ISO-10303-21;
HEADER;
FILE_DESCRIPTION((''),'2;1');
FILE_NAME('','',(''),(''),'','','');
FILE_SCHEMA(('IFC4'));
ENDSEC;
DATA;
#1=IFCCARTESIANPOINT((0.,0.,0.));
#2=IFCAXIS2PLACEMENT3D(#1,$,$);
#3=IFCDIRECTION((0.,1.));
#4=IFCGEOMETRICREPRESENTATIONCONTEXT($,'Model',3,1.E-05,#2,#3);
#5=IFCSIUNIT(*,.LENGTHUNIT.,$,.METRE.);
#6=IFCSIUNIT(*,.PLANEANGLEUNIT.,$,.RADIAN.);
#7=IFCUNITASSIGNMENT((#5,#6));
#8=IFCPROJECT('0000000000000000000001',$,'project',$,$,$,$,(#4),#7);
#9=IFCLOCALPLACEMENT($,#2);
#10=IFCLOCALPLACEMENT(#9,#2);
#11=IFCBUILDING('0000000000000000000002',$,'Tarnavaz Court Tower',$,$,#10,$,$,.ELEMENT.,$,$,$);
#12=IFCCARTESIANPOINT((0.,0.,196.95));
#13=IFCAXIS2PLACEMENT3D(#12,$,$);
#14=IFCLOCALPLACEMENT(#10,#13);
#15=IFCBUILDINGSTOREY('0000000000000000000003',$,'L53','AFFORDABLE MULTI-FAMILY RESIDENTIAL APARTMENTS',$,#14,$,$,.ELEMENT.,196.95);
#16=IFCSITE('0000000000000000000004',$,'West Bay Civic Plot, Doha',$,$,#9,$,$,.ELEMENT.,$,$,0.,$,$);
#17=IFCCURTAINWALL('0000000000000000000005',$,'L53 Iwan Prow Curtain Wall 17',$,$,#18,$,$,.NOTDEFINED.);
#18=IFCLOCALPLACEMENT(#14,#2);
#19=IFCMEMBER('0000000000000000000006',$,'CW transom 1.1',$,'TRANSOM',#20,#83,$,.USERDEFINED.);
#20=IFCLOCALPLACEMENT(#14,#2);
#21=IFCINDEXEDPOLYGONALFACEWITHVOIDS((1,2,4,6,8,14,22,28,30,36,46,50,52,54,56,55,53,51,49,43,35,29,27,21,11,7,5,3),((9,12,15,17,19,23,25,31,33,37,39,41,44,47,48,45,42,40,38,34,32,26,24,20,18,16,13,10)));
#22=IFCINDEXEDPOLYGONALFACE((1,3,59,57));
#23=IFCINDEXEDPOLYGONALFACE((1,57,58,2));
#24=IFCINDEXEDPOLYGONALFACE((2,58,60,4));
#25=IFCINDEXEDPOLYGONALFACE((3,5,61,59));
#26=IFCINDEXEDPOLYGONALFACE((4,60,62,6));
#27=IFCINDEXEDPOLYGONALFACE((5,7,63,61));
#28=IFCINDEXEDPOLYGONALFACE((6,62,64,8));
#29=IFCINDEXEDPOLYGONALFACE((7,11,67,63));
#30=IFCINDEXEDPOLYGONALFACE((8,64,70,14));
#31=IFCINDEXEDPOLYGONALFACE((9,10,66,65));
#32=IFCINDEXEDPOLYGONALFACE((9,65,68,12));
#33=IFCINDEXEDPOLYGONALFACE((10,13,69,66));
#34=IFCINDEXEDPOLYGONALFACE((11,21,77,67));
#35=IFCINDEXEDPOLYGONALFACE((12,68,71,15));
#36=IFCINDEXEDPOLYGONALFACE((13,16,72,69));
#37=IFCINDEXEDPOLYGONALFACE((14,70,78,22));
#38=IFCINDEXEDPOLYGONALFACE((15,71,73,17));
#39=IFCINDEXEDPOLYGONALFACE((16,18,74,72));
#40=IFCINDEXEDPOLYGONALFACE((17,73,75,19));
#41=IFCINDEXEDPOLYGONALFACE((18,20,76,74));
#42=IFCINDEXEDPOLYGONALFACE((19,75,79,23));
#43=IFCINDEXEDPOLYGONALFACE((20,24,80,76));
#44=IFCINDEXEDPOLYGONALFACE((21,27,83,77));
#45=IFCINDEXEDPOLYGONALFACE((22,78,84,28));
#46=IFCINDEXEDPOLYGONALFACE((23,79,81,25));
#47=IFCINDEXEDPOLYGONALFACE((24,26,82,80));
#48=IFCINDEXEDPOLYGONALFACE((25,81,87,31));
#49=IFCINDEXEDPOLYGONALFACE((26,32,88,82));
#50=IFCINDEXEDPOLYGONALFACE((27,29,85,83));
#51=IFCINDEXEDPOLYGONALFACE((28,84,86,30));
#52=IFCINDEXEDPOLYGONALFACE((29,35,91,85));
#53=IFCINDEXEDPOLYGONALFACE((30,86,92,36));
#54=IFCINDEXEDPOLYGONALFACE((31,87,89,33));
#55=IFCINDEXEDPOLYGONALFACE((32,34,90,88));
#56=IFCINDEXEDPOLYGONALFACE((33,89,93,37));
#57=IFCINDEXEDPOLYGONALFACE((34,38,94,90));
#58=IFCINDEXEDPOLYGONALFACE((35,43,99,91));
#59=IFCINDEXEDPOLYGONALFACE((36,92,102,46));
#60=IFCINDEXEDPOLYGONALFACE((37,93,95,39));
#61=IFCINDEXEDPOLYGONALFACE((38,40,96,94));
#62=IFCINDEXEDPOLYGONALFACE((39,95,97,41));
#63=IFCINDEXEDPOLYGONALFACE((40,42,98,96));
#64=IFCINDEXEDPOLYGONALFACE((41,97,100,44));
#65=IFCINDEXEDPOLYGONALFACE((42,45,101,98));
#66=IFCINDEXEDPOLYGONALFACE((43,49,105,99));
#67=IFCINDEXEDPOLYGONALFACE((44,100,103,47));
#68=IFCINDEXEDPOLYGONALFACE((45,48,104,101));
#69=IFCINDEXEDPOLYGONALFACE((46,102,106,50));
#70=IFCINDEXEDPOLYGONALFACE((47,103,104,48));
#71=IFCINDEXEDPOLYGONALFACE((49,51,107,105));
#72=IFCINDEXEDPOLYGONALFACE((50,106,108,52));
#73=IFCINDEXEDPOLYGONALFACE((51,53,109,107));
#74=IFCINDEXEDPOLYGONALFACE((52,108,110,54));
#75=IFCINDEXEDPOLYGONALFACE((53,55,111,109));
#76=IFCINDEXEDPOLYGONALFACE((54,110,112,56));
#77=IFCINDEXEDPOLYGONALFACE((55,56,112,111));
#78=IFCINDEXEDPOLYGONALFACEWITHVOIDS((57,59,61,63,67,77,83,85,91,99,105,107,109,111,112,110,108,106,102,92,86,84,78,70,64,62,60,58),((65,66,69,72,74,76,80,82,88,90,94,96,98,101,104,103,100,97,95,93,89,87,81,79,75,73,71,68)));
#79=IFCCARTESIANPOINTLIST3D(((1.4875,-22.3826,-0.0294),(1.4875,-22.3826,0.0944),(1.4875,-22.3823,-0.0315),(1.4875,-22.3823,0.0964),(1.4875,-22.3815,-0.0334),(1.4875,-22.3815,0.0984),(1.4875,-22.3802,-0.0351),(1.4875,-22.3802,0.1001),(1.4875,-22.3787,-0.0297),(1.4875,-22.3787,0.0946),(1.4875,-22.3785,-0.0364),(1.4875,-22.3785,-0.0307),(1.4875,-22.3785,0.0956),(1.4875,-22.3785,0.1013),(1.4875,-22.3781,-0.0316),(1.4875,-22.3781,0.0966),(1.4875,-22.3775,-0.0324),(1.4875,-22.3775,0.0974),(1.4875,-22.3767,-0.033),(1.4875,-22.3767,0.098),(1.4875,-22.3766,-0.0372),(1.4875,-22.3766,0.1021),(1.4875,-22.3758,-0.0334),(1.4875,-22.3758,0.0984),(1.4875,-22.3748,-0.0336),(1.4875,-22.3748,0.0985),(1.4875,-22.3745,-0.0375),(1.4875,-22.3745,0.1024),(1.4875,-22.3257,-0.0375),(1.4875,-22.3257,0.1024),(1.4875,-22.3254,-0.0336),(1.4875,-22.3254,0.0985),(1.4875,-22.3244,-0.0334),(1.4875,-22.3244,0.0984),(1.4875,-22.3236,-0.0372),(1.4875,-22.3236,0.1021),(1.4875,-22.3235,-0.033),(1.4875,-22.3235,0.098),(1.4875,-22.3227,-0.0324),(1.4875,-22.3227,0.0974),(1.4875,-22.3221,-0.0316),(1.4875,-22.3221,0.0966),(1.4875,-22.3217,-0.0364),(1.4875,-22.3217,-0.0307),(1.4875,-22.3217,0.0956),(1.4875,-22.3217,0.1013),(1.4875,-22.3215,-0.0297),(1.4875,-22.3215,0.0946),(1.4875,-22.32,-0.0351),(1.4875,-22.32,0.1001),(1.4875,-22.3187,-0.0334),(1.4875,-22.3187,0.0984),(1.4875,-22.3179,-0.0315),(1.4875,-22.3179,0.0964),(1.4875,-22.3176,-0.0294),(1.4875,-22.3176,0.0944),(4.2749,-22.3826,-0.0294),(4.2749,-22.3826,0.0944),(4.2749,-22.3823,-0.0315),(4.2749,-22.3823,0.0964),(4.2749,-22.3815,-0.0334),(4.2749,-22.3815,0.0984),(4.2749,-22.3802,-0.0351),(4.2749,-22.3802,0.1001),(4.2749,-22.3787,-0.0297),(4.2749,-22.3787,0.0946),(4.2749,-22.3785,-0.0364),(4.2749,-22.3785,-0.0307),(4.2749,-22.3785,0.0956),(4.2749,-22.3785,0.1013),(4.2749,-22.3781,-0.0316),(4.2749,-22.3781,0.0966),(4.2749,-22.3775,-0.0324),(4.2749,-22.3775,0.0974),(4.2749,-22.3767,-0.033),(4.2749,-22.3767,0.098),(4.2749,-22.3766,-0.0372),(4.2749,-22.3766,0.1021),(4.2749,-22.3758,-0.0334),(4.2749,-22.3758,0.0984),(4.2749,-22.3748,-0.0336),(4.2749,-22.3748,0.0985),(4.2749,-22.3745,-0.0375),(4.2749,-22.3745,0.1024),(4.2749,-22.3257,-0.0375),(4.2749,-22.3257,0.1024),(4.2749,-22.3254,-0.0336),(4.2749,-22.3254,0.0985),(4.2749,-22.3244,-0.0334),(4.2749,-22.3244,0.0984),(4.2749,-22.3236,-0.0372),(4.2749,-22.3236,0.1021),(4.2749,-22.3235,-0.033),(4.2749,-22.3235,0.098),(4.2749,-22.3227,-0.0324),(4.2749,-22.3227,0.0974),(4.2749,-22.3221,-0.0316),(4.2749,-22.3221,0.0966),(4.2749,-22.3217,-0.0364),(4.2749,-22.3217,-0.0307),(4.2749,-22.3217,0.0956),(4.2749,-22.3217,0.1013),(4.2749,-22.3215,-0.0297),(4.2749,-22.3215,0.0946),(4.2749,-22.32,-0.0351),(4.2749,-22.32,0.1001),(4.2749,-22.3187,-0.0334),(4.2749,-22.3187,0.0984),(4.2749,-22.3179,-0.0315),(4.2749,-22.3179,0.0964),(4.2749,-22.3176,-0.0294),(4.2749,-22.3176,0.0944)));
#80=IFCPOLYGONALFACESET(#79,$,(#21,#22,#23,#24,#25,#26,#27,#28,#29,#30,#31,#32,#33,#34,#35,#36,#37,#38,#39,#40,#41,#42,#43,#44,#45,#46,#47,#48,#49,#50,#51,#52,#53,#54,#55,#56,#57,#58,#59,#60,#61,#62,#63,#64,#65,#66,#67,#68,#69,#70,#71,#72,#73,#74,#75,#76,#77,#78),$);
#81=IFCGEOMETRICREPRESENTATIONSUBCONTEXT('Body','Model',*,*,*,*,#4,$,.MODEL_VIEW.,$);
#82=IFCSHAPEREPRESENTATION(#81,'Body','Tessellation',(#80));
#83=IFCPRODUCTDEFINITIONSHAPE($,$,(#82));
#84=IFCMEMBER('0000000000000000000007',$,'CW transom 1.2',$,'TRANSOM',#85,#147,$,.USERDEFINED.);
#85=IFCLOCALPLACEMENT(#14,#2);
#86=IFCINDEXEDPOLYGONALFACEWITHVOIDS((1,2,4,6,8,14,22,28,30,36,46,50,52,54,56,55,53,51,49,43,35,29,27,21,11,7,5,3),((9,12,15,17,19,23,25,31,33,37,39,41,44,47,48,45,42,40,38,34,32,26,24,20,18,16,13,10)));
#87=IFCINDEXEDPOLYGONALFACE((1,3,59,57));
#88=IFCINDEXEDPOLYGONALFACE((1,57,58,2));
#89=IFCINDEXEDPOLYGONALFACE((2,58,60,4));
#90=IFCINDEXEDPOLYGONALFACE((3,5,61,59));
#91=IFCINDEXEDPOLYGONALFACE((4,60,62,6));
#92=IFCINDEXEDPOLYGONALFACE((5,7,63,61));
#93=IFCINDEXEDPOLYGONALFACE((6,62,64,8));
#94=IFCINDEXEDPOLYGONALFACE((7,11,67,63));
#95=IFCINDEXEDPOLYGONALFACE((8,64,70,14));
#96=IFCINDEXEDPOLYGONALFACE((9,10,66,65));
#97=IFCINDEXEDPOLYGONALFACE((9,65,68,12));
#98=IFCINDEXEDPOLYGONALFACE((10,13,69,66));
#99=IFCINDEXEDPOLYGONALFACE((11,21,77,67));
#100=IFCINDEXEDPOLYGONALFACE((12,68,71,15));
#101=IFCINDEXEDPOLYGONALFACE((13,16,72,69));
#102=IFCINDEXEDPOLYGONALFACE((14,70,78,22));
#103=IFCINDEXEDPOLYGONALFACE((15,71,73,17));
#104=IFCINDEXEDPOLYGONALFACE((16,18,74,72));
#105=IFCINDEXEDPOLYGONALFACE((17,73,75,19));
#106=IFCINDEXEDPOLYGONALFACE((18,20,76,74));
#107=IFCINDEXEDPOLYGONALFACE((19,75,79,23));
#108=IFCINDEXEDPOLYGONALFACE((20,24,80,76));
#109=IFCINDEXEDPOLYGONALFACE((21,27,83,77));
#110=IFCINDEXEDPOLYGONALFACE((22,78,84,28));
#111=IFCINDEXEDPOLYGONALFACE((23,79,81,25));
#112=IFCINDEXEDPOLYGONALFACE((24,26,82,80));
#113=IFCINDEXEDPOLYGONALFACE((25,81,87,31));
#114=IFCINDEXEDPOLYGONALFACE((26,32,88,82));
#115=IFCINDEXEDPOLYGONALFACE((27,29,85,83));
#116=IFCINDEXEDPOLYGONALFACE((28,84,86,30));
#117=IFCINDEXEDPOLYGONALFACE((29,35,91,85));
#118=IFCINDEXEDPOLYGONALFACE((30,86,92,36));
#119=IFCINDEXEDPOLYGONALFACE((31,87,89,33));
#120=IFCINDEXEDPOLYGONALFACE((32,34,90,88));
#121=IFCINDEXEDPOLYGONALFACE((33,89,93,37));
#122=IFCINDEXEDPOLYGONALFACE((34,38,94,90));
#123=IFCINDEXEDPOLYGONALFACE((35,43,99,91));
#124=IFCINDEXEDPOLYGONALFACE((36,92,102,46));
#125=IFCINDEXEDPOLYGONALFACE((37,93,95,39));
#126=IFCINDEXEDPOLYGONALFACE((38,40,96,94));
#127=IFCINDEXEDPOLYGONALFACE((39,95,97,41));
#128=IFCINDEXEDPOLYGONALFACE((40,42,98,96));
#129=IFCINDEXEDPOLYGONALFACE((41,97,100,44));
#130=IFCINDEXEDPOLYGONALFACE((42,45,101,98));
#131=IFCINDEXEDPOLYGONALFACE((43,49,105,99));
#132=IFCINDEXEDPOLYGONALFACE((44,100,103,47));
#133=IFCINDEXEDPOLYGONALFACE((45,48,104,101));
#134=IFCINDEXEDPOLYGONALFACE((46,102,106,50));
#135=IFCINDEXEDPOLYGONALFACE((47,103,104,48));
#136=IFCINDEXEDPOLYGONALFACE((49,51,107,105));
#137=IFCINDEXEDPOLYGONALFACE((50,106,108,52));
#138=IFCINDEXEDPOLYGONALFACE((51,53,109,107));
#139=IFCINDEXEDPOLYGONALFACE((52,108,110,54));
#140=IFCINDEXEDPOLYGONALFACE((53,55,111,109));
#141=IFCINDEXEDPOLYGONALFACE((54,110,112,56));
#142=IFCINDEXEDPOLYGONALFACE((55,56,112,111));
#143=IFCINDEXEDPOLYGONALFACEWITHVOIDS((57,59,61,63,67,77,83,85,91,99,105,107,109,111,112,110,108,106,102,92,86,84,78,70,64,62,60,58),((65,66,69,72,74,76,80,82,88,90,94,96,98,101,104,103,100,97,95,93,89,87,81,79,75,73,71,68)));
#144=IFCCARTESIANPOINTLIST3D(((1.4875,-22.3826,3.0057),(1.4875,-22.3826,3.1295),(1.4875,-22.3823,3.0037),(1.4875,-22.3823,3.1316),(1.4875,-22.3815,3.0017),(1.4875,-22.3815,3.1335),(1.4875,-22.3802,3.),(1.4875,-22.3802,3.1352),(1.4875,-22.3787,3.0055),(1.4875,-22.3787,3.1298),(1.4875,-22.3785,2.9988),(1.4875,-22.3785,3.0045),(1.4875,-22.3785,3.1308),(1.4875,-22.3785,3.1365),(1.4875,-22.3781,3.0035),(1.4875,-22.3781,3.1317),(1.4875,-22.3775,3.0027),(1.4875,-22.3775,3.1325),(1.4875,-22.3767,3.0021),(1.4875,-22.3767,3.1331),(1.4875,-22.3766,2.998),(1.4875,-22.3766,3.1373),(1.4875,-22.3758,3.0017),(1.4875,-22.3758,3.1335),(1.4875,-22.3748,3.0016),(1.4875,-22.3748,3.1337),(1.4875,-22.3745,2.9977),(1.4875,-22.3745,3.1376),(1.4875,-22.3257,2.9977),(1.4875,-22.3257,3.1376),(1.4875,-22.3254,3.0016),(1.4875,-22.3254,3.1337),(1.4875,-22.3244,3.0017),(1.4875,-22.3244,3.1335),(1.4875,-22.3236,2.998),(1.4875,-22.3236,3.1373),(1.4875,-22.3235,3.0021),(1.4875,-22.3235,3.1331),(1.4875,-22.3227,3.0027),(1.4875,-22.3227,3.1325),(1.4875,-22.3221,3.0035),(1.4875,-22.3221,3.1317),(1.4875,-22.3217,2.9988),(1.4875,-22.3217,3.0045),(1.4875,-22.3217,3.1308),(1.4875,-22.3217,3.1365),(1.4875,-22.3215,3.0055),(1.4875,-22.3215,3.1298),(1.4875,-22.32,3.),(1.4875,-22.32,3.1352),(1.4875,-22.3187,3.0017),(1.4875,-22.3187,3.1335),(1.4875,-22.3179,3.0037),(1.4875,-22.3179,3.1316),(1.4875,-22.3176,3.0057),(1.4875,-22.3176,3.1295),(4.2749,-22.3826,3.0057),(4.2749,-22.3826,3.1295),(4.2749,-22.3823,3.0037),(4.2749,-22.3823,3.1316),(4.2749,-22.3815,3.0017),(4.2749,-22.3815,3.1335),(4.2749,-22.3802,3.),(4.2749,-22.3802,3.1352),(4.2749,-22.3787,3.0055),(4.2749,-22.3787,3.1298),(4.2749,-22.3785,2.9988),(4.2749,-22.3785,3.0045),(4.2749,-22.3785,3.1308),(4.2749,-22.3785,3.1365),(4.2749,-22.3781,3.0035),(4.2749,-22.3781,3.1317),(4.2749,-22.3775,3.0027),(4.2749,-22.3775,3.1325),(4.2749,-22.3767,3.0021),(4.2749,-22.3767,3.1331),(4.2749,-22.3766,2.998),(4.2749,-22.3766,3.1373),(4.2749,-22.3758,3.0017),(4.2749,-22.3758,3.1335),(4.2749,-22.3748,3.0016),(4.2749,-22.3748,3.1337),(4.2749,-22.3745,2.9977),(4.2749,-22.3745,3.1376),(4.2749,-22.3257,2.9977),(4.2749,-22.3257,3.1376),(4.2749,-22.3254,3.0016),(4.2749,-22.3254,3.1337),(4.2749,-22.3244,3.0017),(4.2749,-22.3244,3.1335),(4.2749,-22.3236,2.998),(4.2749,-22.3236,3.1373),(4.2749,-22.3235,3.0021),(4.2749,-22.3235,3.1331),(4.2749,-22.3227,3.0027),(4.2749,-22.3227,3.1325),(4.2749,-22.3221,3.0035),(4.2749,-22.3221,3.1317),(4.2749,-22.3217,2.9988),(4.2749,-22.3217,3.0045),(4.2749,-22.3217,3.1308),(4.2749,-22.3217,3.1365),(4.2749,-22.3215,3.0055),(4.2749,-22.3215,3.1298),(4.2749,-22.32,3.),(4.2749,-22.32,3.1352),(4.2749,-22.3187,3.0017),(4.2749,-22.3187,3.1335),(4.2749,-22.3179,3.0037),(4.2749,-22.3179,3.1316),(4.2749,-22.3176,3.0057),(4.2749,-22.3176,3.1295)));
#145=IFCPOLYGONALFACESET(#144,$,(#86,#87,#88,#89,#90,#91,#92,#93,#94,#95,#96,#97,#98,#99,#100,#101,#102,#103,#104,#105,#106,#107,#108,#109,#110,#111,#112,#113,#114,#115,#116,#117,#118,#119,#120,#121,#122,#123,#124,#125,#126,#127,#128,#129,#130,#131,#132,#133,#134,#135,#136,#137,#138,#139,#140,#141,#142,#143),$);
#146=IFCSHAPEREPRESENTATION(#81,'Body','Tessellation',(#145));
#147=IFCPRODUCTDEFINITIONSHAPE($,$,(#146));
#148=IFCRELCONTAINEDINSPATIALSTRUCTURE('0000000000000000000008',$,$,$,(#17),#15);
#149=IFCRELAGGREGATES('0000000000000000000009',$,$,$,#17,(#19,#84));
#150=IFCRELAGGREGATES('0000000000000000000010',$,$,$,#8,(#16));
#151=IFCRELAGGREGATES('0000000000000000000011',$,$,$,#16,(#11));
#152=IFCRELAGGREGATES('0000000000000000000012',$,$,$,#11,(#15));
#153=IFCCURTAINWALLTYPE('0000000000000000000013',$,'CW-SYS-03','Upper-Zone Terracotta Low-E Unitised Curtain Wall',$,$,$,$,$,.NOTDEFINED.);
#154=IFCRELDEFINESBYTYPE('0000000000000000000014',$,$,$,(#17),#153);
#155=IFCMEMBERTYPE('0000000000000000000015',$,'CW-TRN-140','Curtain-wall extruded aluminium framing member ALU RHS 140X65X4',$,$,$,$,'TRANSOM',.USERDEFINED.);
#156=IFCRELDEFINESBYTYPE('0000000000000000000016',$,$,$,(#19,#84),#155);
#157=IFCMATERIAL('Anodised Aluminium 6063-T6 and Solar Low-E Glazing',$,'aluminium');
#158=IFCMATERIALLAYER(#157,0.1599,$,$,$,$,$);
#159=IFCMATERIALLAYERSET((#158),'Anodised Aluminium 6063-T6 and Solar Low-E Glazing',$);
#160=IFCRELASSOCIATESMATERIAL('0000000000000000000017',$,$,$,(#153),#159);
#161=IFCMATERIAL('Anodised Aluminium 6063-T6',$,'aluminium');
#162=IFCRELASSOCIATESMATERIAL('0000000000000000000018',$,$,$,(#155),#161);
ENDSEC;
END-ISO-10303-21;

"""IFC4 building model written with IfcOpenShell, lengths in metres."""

from ifc_helpers import new_model, si_unit, direction, frame, origin, origin_2d, place, context, subcontext, project, spatial, hollow_rectangle, extrude, material, layer, layer_set, material_profile, profile_set, type_object, element, aggregate, save


model = new_model("IFC4")

# Units and contexts
model_context = context("Model", 3, precision=1e-05, world=origin(), true_north=direction((0.0, 1.0)))
body_context = subcontext(model_context, "Body", "Model", "MODEL_VIEW")
ifc_project = project(units=[si_unit("LENGTHUNIT", "METRE"), si_unit("PLANEANGLEUNIT", "RADIAN")], contexts=[model_context])

# Site, building, storey
site_placement = place(None, origin())
site = spatial("IfcSite", under=ifc_project, at=site_placement, Name="West Bay Civic Plot, Doha", CompositionType="ELEMENT", RefElevation=0.0)
building_placement = place(site_placement, origin())
building = spatial("IfcBuilding", under=site, at=building_placement, Name="Tarnavaz Court Tower", CompositionType="ELEMENT")
storey_placement = place(building_placement, frame((0.0, 0.0, 196.95)))
storey = spatial("IfcBuildingStorey", under=building, at=storey_placement, Name="L53", Description="AFFORDABLE MULTI-FAMILY RESIDENTIAL APARTMENTS", CompositionType="ELEMENT", Elevation=196.95)

# Curtain wall, members
ifc_material_1 = material(Name="Anodised Aluminium 6063-T6 and Solar Low-E Glazing", Category="aluminium")
ifc_layer_1 = layer(ifc_material_1, 0.1599)
ifc_layer_set_1 = layer_set([ifc_layer_1], Name="Anodised Aluminium 6063-T6 and Solar Low-E Glazing")
curtain_wall_type = type_object("IfcCurtainWallType", Name="CW-SYS-03", Description="Upper-Zone Terracotta Low-E Unitised Curtain Wall", PredefinedType="NOTDEFINED", material=ifc_layer_set_1)
curtain_wall_placement = place(storey_placement, origin())
curtain_wall = element("IfcCurtainWall", 1, at=curtain_wall_placement, inside=storey, type_object=curtain_wall_type, Name="L53 Iwan Prow Curtain Wall 17", PredefinedType="NOTDEFINED")
ifc_material_2 = material(Name="Anodised Aluminium 6063-T6", Category="aluminium")
ifc_material_profile_1 = material_profile(ifc_material_2, hollow_rectangle(XDim=0.0649, YDim=0.1399, WallThickness=0.0039, InnerFilletRadius=0.0039, OuterFilletRadius=0.0081, at=origin_2d()), Name="ALU RHS 140X65X4")
ifc_profile_set_1 = profile_set([ifc_material_profile_1], Name="Anodised Aluminium 6063-T6")
member_type_1 = type_object("IfcMemberType", Name="CW-TRN-140", Description="Curtain-wall extruded aluminium framing member ALU RHS 140X65X4", ElementType="TRANSOM", PredefinedType="USERDEFINED", material=ifc_profile_set_1)
member_1_placement = place(storey_placement, frame((4.2749, -22.3501, 0.0325), z_axis=(-1.0, 0.0, 0.0), x_axis=(0.0, -1.0, 0.0)))
member_1 = element("IfcMember", 2, at=member_1_placement, type_object=member_type_1, Name="CW transom 1.1", ObjectType="TRANSOM", PredefinedType="USERDEFINED", context=body_context, shape_type="SweptSolid", body=[
    extrude(hollow_rectangle(XDim=0.0649, YDim=0.1399, WallThickness=0.0039, InnerFilletRadius=0.0039, OuterFilletRadius=0.0081, at=origin_2d()), origin(), (0.0, 0.0, 1.0), 2.7874),
])
member_2_placement = place(storey_placement, frame((4.2749, -22.3501, 3.0676), z_axis=(-1.0, 0.0, 0.0), x_axis=(0.0, -1.0, 0.0)))
member_2 = element("IfcMember", 3, at=member_2_placement, type_object=member_type_1, Name="CW transom 1.2", ObjectType="TRANSOM", PredefinedType="USERDEFINED", context=body_context, shape_type="SweptSolid", body=[
    extrude(hollow_rectangle(XDim=0.0649, YDim=0.1399, WallThickness=0.0039, InnerFilletRadius=0.0039, OuterFilletRadius=0.0081, at=origin_2d()), origin(), (0.0, 0.0, 1.0), 2.7874),
])
aggregate(curtain_wall, [member_1, member_2])

save(model, "model.ifc")
